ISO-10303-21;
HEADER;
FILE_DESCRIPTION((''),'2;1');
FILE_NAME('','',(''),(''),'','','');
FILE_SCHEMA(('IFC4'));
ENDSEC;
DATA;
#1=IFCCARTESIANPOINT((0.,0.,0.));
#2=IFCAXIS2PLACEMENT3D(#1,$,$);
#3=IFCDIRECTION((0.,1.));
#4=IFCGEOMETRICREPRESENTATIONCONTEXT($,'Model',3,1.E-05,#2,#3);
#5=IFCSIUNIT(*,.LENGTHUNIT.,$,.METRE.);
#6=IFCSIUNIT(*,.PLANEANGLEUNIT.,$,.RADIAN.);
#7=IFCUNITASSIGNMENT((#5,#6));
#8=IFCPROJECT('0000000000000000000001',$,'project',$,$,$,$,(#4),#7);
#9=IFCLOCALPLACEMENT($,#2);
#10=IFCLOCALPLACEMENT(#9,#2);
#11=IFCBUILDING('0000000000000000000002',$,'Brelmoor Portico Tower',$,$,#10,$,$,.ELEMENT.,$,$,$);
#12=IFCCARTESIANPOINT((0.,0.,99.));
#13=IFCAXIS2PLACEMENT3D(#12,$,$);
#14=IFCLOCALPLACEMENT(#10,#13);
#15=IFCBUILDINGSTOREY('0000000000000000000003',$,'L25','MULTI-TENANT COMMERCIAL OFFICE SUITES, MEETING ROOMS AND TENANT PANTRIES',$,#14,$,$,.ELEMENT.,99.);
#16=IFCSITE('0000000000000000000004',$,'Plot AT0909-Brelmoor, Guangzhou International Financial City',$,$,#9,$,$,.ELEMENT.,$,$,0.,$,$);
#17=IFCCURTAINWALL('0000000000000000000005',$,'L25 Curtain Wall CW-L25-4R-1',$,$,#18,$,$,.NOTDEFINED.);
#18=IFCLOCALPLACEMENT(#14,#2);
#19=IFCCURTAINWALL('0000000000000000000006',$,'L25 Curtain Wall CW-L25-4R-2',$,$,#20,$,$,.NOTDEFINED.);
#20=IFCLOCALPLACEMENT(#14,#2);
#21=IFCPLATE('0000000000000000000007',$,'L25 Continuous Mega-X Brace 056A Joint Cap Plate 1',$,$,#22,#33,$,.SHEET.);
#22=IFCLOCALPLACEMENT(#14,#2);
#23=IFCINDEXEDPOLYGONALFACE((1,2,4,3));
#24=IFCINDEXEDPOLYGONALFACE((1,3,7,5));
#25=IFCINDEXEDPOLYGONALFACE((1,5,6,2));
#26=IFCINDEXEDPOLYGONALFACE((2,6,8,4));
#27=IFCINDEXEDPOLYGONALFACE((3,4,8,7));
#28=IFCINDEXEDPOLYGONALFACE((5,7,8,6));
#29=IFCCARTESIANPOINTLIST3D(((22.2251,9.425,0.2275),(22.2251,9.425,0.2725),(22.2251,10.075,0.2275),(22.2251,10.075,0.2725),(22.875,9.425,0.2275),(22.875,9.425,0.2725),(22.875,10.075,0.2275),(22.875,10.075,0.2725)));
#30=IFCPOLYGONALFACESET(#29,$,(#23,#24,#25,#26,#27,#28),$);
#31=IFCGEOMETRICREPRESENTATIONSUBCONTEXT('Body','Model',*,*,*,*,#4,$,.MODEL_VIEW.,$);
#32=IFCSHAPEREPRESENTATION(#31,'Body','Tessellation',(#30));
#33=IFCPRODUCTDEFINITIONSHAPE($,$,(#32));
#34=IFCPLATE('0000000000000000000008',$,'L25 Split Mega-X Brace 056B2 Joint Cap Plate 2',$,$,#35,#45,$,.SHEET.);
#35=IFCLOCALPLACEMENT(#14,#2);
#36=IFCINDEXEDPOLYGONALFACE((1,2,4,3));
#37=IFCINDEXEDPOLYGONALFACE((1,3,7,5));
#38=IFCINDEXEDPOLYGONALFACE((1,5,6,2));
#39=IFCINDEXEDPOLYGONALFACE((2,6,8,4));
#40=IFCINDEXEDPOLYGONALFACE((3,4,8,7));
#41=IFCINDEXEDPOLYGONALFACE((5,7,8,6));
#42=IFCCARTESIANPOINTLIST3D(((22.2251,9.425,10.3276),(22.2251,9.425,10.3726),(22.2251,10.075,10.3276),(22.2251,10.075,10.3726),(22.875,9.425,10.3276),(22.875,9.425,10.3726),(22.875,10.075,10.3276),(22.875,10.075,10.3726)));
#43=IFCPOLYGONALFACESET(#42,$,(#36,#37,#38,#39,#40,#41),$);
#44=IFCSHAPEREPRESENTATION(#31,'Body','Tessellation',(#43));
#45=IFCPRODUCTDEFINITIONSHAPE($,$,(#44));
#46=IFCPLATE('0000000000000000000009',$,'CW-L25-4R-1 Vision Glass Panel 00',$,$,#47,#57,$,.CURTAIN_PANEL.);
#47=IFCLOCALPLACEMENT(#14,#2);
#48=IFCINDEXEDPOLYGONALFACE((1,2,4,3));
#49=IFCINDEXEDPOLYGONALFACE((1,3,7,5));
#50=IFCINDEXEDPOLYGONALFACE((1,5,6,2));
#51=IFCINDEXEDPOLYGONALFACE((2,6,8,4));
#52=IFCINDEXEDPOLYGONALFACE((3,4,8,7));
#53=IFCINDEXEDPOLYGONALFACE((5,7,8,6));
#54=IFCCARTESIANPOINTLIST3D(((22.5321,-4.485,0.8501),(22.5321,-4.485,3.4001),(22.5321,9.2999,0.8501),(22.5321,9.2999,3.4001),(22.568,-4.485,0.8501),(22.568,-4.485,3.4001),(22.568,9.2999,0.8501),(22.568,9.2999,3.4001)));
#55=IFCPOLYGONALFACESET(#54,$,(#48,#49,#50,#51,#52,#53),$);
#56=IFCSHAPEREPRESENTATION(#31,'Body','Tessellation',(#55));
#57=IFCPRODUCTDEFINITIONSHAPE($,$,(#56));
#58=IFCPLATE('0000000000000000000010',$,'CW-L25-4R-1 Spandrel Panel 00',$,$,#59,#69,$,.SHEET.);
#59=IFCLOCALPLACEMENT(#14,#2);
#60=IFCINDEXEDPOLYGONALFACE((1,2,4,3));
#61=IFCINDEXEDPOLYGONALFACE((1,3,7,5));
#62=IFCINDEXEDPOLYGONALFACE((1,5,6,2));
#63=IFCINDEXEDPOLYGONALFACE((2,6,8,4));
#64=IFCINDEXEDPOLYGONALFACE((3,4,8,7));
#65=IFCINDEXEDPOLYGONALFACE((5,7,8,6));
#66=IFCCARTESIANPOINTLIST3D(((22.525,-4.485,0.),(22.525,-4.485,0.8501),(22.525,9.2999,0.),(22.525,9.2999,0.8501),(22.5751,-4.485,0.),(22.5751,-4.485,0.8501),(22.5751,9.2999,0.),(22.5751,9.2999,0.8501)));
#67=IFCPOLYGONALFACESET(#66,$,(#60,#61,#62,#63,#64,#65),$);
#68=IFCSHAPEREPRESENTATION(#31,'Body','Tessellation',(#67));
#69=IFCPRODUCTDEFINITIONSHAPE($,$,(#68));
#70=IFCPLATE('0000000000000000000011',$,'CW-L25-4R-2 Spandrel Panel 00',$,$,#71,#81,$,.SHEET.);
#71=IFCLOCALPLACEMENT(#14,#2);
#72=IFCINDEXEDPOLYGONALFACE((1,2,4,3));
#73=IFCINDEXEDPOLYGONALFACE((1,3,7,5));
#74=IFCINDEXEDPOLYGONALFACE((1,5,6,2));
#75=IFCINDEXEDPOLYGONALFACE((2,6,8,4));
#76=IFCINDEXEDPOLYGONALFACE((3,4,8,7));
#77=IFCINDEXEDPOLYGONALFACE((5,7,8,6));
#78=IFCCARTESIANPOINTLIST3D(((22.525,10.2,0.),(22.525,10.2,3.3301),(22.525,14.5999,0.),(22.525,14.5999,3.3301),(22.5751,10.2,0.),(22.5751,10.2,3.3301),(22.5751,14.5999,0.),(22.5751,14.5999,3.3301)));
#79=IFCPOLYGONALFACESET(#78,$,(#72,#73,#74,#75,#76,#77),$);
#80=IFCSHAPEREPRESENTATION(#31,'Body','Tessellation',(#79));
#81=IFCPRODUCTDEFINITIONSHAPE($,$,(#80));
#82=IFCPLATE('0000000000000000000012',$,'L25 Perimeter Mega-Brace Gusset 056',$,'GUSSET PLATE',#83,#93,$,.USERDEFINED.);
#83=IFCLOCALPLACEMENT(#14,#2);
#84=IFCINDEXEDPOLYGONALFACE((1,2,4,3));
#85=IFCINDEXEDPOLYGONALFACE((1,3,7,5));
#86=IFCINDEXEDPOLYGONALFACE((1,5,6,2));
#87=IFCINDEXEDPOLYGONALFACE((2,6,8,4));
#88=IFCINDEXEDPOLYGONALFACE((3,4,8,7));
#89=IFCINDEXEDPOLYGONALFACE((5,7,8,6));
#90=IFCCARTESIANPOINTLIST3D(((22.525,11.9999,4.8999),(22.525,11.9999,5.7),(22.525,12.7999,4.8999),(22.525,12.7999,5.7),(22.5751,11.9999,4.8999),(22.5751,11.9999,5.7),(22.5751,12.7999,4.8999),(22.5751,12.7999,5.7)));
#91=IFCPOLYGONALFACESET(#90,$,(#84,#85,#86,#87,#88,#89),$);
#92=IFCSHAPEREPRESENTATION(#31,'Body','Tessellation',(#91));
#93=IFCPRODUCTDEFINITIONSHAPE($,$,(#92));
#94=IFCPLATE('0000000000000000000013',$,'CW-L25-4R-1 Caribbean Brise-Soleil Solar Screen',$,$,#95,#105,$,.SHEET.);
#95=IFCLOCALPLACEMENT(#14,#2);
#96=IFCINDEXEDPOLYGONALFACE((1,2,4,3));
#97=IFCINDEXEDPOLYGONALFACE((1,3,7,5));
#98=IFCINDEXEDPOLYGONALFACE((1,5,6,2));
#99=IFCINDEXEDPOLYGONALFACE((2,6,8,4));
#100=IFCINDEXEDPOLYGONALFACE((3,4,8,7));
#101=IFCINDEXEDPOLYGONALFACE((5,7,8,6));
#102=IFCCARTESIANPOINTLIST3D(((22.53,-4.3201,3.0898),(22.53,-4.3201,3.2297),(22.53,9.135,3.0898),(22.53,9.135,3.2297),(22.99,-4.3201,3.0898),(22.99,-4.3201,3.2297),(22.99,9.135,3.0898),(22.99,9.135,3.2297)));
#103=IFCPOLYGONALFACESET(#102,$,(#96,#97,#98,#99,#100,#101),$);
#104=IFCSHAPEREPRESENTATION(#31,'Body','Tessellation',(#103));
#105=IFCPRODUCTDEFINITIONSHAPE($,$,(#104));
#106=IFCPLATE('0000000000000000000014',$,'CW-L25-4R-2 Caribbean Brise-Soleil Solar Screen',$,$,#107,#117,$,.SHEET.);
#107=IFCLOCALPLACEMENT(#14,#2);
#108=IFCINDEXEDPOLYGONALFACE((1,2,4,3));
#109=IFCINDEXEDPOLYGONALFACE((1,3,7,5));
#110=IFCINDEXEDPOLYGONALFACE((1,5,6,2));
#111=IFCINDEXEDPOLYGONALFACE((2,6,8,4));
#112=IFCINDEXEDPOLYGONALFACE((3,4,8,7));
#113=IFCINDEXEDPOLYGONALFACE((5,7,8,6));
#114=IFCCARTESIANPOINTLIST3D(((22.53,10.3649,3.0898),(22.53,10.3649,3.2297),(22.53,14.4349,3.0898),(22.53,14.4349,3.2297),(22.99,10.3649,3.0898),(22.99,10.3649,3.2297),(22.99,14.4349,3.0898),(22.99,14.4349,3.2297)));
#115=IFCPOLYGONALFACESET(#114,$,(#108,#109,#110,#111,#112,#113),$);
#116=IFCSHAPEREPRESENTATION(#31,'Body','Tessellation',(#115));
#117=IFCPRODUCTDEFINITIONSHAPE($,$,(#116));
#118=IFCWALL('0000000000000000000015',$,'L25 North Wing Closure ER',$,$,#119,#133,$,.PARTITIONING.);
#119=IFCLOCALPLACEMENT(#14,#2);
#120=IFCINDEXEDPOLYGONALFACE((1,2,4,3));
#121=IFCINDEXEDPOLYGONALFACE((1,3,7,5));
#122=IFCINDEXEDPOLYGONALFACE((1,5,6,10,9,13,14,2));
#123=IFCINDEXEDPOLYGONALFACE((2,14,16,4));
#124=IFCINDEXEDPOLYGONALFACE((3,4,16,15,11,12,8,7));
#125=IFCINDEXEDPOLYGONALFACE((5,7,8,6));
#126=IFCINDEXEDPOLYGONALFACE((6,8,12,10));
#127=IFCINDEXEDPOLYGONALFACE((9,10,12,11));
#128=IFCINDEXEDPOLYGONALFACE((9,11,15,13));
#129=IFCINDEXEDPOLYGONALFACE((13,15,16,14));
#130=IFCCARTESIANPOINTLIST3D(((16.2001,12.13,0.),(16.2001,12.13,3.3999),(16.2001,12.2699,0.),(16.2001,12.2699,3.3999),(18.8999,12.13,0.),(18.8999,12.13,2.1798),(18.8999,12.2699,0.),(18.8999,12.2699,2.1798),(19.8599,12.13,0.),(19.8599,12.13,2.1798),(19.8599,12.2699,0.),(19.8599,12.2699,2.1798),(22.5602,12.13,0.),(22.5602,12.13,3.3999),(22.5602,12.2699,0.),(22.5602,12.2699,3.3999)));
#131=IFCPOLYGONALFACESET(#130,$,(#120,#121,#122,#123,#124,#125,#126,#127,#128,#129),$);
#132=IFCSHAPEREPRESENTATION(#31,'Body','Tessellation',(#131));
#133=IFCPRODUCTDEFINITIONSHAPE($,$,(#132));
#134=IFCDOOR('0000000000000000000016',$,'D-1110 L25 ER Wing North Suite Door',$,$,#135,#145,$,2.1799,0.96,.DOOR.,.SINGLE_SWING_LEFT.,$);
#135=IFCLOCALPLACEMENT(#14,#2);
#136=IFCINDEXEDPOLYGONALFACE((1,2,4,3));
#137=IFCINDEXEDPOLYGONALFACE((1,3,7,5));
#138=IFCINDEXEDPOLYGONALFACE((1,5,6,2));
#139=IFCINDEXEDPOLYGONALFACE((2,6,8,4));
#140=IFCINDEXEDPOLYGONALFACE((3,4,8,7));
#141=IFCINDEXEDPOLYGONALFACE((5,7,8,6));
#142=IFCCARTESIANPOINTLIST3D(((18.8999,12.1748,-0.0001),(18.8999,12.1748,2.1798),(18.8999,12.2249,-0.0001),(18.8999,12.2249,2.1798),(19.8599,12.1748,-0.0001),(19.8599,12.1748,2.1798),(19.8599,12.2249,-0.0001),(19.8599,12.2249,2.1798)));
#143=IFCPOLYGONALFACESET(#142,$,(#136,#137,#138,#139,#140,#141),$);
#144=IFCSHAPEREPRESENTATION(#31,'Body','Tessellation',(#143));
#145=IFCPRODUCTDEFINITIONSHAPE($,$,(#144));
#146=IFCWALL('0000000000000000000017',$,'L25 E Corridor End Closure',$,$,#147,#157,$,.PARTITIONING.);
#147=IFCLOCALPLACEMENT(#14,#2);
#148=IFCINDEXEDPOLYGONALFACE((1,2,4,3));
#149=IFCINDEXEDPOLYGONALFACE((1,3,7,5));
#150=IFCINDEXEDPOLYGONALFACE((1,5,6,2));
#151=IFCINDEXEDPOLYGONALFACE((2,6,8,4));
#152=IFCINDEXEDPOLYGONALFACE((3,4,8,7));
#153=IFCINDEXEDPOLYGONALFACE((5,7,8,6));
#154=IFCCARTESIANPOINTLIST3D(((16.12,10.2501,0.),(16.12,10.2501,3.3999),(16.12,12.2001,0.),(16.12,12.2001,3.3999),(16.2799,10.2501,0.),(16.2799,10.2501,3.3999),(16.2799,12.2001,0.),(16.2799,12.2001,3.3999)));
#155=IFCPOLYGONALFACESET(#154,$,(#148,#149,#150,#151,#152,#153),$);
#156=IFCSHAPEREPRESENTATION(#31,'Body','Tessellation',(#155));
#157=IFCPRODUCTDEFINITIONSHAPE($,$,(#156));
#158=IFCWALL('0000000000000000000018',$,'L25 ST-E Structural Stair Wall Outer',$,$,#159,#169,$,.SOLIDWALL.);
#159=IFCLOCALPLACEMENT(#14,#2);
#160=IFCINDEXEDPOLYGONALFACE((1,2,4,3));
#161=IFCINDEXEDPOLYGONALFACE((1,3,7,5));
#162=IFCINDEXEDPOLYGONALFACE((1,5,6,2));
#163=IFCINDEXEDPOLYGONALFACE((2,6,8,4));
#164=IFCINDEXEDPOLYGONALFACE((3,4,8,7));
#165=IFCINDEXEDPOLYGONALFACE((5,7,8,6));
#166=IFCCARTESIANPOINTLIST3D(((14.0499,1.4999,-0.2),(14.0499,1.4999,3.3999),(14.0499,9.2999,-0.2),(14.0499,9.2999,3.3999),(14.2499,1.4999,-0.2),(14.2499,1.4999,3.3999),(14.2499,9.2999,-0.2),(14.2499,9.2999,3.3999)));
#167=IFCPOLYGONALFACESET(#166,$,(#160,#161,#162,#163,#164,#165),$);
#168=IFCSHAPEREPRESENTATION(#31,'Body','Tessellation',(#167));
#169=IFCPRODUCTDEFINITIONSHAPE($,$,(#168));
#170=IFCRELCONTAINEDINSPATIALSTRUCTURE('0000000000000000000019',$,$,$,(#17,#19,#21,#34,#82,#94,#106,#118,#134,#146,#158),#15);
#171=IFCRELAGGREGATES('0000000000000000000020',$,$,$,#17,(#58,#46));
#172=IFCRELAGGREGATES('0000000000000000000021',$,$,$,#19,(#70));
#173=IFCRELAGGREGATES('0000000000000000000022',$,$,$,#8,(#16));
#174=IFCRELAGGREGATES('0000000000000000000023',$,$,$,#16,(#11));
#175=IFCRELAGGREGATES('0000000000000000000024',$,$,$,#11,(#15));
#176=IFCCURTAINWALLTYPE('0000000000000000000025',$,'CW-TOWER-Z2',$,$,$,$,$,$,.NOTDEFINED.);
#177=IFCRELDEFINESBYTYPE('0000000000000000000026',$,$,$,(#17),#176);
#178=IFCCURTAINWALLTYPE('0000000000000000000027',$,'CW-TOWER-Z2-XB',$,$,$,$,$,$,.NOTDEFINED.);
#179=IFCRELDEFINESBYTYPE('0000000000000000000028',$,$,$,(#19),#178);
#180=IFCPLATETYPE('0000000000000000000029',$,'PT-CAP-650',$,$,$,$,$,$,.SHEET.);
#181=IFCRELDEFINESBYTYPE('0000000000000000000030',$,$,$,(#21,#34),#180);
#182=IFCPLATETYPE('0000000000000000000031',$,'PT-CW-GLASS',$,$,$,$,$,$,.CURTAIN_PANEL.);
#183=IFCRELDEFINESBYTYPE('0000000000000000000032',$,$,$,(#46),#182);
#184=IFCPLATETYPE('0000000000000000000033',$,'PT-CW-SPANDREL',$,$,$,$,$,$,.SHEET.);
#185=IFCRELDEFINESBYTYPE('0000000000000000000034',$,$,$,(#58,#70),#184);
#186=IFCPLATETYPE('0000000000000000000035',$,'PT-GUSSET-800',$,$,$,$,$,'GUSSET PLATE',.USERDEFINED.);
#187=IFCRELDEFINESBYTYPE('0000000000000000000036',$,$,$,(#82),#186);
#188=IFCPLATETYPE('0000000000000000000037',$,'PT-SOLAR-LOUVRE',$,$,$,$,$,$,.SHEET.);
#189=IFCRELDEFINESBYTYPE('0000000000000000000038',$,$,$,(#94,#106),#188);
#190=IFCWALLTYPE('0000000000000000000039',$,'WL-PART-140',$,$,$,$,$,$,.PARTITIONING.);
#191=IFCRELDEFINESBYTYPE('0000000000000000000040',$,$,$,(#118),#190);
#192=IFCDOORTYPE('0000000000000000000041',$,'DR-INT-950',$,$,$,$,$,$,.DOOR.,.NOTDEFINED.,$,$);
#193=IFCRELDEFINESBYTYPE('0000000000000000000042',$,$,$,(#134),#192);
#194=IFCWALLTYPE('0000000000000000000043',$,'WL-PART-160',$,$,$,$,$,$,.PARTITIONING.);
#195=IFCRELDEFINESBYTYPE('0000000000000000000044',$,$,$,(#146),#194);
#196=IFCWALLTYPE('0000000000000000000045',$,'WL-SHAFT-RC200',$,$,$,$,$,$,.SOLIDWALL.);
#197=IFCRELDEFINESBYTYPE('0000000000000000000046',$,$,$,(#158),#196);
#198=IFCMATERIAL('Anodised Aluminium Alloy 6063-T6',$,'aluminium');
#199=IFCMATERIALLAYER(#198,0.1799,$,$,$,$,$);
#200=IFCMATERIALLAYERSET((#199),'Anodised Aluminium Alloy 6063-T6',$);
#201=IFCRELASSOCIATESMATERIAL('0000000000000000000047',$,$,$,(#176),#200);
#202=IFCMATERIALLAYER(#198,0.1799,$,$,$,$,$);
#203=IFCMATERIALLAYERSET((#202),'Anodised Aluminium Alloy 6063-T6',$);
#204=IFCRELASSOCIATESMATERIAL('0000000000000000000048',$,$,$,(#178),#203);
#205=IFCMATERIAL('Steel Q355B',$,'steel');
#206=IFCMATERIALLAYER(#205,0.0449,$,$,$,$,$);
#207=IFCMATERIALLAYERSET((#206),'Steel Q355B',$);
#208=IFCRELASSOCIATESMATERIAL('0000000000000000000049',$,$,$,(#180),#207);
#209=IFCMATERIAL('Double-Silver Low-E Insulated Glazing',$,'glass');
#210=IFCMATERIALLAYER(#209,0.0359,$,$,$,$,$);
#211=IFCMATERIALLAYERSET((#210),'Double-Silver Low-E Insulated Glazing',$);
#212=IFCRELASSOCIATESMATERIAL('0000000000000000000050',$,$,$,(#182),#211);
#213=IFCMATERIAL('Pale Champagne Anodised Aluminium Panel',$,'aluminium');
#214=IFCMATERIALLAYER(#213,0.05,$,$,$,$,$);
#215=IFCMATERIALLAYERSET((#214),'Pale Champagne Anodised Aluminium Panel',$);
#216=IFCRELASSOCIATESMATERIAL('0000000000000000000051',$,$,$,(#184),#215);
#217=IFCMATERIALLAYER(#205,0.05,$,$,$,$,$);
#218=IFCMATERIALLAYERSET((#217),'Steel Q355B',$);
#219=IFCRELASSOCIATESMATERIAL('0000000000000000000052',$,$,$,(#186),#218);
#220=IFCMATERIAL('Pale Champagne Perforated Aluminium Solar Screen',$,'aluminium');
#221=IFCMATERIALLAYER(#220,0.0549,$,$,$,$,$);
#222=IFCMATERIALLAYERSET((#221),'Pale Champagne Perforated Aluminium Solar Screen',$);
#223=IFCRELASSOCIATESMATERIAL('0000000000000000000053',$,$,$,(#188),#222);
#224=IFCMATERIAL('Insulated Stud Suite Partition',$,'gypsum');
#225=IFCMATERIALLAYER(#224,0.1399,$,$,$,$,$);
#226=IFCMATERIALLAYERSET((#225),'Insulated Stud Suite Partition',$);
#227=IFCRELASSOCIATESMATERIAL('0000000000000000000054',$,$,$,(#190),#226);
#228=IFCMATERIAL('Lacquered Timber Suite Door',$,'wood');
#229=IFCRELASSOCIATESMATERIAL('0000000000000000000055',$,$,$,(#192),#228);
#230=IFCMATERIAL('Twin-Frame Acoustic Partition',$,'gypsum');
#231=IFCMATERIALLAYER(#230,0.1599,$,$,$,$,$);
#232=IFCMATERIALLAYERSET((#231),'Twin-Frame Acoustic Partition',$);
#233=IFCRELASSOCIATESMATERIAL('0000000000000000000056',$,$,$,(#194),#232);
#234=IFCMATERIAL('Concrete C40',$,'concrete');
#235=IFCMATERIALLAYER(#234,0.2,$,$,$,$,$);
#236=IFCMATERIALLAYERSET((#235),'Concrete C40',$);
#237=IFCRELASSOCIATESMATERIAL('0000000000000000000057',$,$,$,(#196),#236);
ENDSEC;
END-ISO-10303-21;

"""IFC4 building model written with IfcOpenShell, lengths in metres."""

from ifc_helpers import new_model, si_unit, direction, frame, frame_2d, origin, origin_2d, place, context, subcontext, project, spatial, rectangle, extrude, material, layer, layer_set, type_object, element, fill, aggregate, save


model = new_model("IFC4")

# Units and contexts
model_context = context("Model", 3, precision=1e-05, world=origin(), true_north=direction((0.0, 1.0)))
body_context = subcontext(model_context, "Body", "Model", "MODEL_VIEW")
ifc_project = project(units=[si_unit("LENGTHUNIT", "METRE"), si_unit("PLANEANGLEUNIT", "RADIAN")], contexts=[model_context])

# Site, building, storey
site_placement = place(None, origin())
site = spatial("IfcSite", under=ifc_project, at=site_placement, Name="Plot AT0909-Brelmoor, Guangzhou International Financial City", CompositionType="ELEMENT", RefElevation=0.0)
building_placement = place(site_placement, origin())
building = spatial("IfcBuilding", under=site, at=building_placement, Name="Brelmoor Portico Tower", CompositionType="ELEMENT")
storey_placement = place(building_placement, frame((0.0, 0.0, 99.0)))
storey = spatial("IfcBuildingStorey", under=building, at=storey_placement, Name="L25", Description="MULTI-TENANT COMMERCIAL OFFICE SUITES, MEETING ROOMS AND TENANT PANTRIES", CompositionType="ELEMENT", Elevation=99.0)

# Shared definitions
ifc_material_1 = material(Name="Steel Q355B", Category="steel")

# Curtain wall
ifc_material_2 = material(Name="Anodised Aluminium Alloy 6063-T6", Category="aluminium")
ifc_layer_1 = layer(ifc_material_2, 0.1799)
ifc_layer_set_1 = layer_set([ifc_layer_1], Name="Anodised Aluminium Alloy 6063-T6")
curtain_wall_type_1 = type_object("IfcCurtainWallType", Name="CW-TOWER-Z2", PredefinedType="NOTDEFINED", material=ifc_layer_set_1)
curtain_wall_1_placement = place(storey_placement, origin())
curtain_wall_1 = element("IfcCurtainWall", 1, at=curtain_wall_1_placement, inside=storey, type_object=curtain_wall_type_1, Name="L25 Curtain Wall CW-L25-4R-1", PredefinedType="NOTDEFINED")

# Curtain wall
ifc_layer_2 = layer(ifc_material_2, 0.1799)
ifc_layer_set_2 = layer_set([ifc_layer_2], Name="Anodised Aluminium Alloy 6063-T6")
curtain_wall_type_2 = type_object("IfcCurtainWallType", Name="CW-TOWER-Z2-XB", PredefinedType="NOTDEFINED", material=ifc_layer_set_2)
curtain_wall_2_placement = place(storey_placement, origin())
curtain_wall_2 = element("IfcCurtainWall", 2, at=curtain_wall_2_placement, inside=storey, type_object=curtain_wall_type_2, Name="L25 Curtain Wall CW-L25-4R-2", PredefinedType="NOTDEFINED")

# Plates
ifc_layer_3 = layer(ifc_material_1, 0.0449)
ifc_layer_set_3 = layer_set([ifc_layer_3], Name="Steel Q355B")
plate_type_1 = type_object("IfcPlateType", Name="PT-CAP-650", PredefinedType="SHEET", material=ifc_layer_set_3)
for number, where, z_axis, x_axis, name in (
    (3, (22.55, 9.75, 0.2275), (0.0, 0.0, 1.0), (1.0, 0.0, 0.0), "L25 Continuous Mega-X Brace 056A Joint Cap Plate 1"),
    (4, (22.55, 9.75, 10.3276), (0.0, 0.0, 1.0), (1.0, 0.0, 0.0), "L25 Split Mega-X Brace 056B2 Joint Cap Plate 2"),
):
    element("IfcPlate", number, at=place(storey_placement, frame(where, z_axis=z_axis, x_axis=x_axis)), inside=storey, type_object=plate_type_1, Name=name, PredefinedType="SHEET", context=body_context, shape_type="SweptSolid", body=[
        extrude(rectangle(XDim=0.6499, YDim=0.6499, at=origin_2d()), origin(), (0.0, 0.0, 1.0), 0.0449),
    ])

# Plates
ifc_material_3 = material(Name="Double-Silver Low-E Insulated Glazing", Category="glass")
ifc_layer_4 = layer(ifc_material_3, 0.0359)
ifc_layer_set_4 = layer_set([ifc_layer_4], Name="Double-Silver Low-E Insulated Glazing")
plate_type_2 = type_object("IfcPlateType", Name="PT-CW-GLASS", PredefinedType="CURTAIN_PANEL", material=ifc_layer_set_4)
plate_1_placement = place(storey_placement, frame((22.55, 2.4075, 0.8501), z_axis=(0.0, 0.0, 1.0), x_axis=(0.0, 1.0, 0.0)))
plate_1 = element("IfcPlate", 5, at=plate_1_placement, type_object=plate_type_2, Name="CW-L25-4R-1 Vision Glass Panel 00", PredefinedType="CURTAIN_PANEL", context=body_context, shape_type="SweptSolid", body=[
    extrude(rectangle(XDim=13.7849, YDim=0.0359, at=origin_2d()), origin(), (0.0, 0.0, 1.0), 2.55),
])
ifc_material_4 = material(Name="Pale Champagne Anodised Aluminium Panel", Category="aluminium")
ifc_layer_5 = layer(ifc_material_4, 0.05)
ifc_layer_set_5 = layer_set([ifc_layer_5], Name="Pale Champagne Anodised Aluminium Panel")
plate_type_3 = type_object("IfcPlateType", Name="PT-CW-SPANDREL", PredefinedType="SHEET", material=ifc_layer_set_5)
plate_2_placement = place(storey_placement, frame((22.55, 2.4075, 0.0), z_axis=(0.0, 0.0, 1.0), x_axis=(0.0, 1.0, 0.0)))
plate_2 = element("IfcPlate", 6, at=plate_2_placement, type_object=plate_type_3, Name="CW-L25-4R-1 Spandrel Panel 00", PredefinedType="SHEET", context=body_context, shape_type="SweptSolid", body=[
    extrude(rectangle(XDim=13.7849, YDim=0.05, at=origin_2d()), origin(), (0.0, 0.0, 1.0), 0.8501),
])
aggregate(curtain_wall_1, [plate_2, plate_1])
plate_3_placement = place(storey_placement, frame((22.55, 12.3999, 0.0), z_axis=(0.0, 0.0, 1.0), x_axis=(0.0, 1.0, 0.0)))
plate_3 = element("IfcPlate", 7, at=plate_3_placement, type_object=plate_type_3, Name="CW-L25-4R-2 Spandrel Panel 00", PredefinedType="SHEET", context=body_context, shape_type="SweptSolid", body=[
    extrude(rectangle(XDim=4.3999, YDim=0.05, at=origin_2d()), origin(), (0.0, 0.0, 1.0), 3.3301),
])
aggregate(curtain_wall_2, [plate_3])

# Plates
ifc_layer_6 = layer(ifc_material_1, 0.05)
ifc_layer_set_6 = layer_set([ifc_layer_6], Name="Steel Q355B")
plate_type_4 = type_object("IfcPlateType", Name="PT-GUSSET-800", ElementType="GUSSET PLATE", PredefinedType="USERDEFINED", material=ifc_layer_set_6)
plate_4_placement = place(storey_placement, frame((22.55, 12.3999, 4.8999), z_axis=(0.0, 0.0, 1.0), x_axis=(1.0, 0.0, 0.0)))
element("IfcPlate", 8, at=plate_4_placement, inside=storey, type_object=plate_type_4, Name="L25 Perimeter Mega-Brace Gusset 056", ObjectType="GUSSET PLATE", PredefinedType="USERDEFINED", context=body_context, shape_type="SweptSolid", body=[
    extrude(rectangle(XDim=0.05, YDim=0.8, at=origin_2d()), origin(), (0.0, 0.0, 1.0), 0.8),
])
ifc_material_5 = material(Name="Pale Champagne Perforated Aluminium Solar Screen", Category="aluminium")
ifc_layer_7 = layer(ifc_material_5, 0.0549)
ifc_layer_set_7 = layer_set([ifc_layer_7], Name="Pale Champagne Perforated Aluminium Solar Screen")
plate_type_5 = type_object("IfcPlateType", Name="PT-SOLAR-LOUVRE", PredefinedType="SHEET", material=ifc_layer_set_7)
plate_5_placement = place(storey_placement, frame((22.76, 2.4075, 3.0898), z_axis=(0.0, 0.0, 1.0), x_axis=(0.0, 1.0, 0.0)))
element("IfcPlate", 9, at=plate_5_placement, inside=storey, type_object=plate_type_5, Name="CW-L25-4R-1 Caribbean Brise-Soleil Solar Screen", PredefinedType="SHEET", context=body_context, shape_type="SweptSolid", body=[
    extrude(rectangle(XDim=13.4551, YDim=0.46, at=origin_2d()), origin(), (0.0, 0.0, 1.0), 0.1399),
])
plate_6_placement = place(storey_placement, frame((22.76, 12.3999, 3.0898), z_axis=(0.0, 0.0, 1.0), x_axis=(0.0, 1.0, 0.0)))
element("IfcPlate", 10, at=plate_6_placement, inside=storey, type_object=plate_type_5, Name="CW-L25-4R-2 Caribbean Brise-Soleil Solar Screen", PredefinedType="SHEET", context=body_context, shape_type="SweptSolid", body=[
    extrude(rectangle(XDim=4.0701, YDim=0.46, at=origin_2d()), origin(), (0.0, 0.0, 1.0), 0.1399),
])

# Wall, opening, door
ifc_material_6 = material(Name="Insulated Stud Suite Partition", Category="gypsum")
ifc_layer_8 = layer(ifc_material_6, 0.1399)
ifc_layer_set_8 = layer_set([ifc_layer_8], Name="Insulated Stud Suite Partition")
wall_type_1 = type_object("IfcWallType", Name="WL-PART-140", PredefinedType="PARTITIONING", material=ifc_layer_set_8)
wall_1_placement = place(storey_placement, frame((16.2, 12.2, 0.0), z_axis=(0.0, 0.0, 1.0), x_axis=(1.0, 0.0, 0.0)))
wall_1 = element("IfcWall", 11, at=wall_1_placement, inside=storey, type_object=wall_type_1, Name="L25 North Wing Closure ER", PredefinedType="PARTITIONING", context=body_context, shape_type="SweptSolid", body=[
    extrude(rectangle(XDim=6.3601, YDim=0.1399, at=frame_2d((3.1802, 0.0))), origin(), (0.0, 0.0, 1.0), 3.3999),
])
opening_1_placement = place(wall_1_placement, frame((2.7, 0.0, 0.0)))
opening_1 = element("IfcOpeningElement", 12, at=opening_1_placement, cuts=wall_1, PredefinedType="OPENING", context=body_context, shape_type="SweptSolid", body=[
    extrude(rectangle(XDim=0.96, YDim=2.1799, at=frame_2d((0.48, 1.0898))), frame((0.0, 0.0798, 0.0), z_axis=(0.0, -1.0, 0.0), x_axis=(1.0, 0.0, 0.0)), (0.0, 0.0, 1.0), 0.1599),
])
ifc_material_7 = material(Name="Lacquered Timber Suite Door", Category="wood")
door_type_1 = type_object("IfcDoorType", Name="DR-INT-950", OperationType="NOTDEFINED", PredefinedType="DOOR", material=ifc_material_7)
door_1_placement = place(opening_1_placement, origin())
door_1 = element("IfcDoor", 13, at=door_1_placement, inside=storey, type_object=door_type_1, Name="D-1110 L25 ER Wing North Suite Door", OperationType="SINGLE_SWING_LEFT", OverallHeight=2.1799, OverallWidth=0.96, PredefinedType="DOOR", context=body_context, shape_type="SweptSolid", body=[
    extrude(rectangle(XDim=0.96, YDim=2.1799, at=frame_2d((0.48, 1.0898))), frame((0.0, 0.0249, 0.0), z_axis=(0.0, -1.0, 0.0), x_axis=(1.0, 0.0, 0.0)), (0.0, 0.0, 1.0), 0.05),
])
fill(opening_1, door_1)
ifc_material_8 = material(Name="Twin-Frame Acoustic Partition", Category="gypsum")
ifc_layer_9 = layer(ifc_material_8, 0.1599)
ifc_layer_set_9 = layer_set([ifc_layer_9], Name="Twin-Frame Acoustic Partition")
wall_type_2 = type_object("IfcWallType", Name="WL-PART-160", PredefinedType="PARTITIONING", material=ifc_layer_set_9)

# Walls
wall_2_placement = place(storey_placement, frame((16.2, 10.25, 0.0), z_axis=(0.0, 0.0, 1.0), x_axis=(0.0, 1.0, 0.0)))
element("IfcWall", 14, at=wall_2_placement, inside=storey, type_object=wall_type_2, Name="L25 E Corridor End Closure", PredefinedType="PARTITIONING", context=body_context, shape_type="SweptSolid", body=[
    extrude(rectangle(XDim=1.95, YDim=0.1599, at=frame_2d((0.9751, 0.0))), origin(), (0.0, 0.0, 1.0), 3.3999),
])
ifc_material_9 = material(Name="Concrete C40", Category="concrete")
ifc_layer_10 = layer(ifc_material_9, 0.2)
ifc_layer_set_10 = layer_set([ifc_layer_10], Name="Concrete C40")
wall_type_3 = type_object("IfcWallType", Name="WL-SHAFT-RC200", PredefinedType="SOLIDWALL", material=ifc_layer_set_10)
wall_3_placement = place(storey_placement, frame((14.1499, 1.5, -0.2), z_axis=(0.0, 0.0, 1.0), x_axis=(0.0, 1.0, 0.0)))
element("IfcWall", 15, at=wall_3_placement, inside=storey, type_object=wall_type_3, Name="L25 ST-E Structural Stair Wall Outer", PredefinedType="SOLIDWALL", context=body_context, shape_type="SweptSolid", body=[
    extrude(rectangle(XDim=7.8, YDim=0.2, at=frame_2d((3.8999, 0.0))), origin(), (0.0, 0.0, 1.0), 3.5999),
])

save(model, "model.ifc")
